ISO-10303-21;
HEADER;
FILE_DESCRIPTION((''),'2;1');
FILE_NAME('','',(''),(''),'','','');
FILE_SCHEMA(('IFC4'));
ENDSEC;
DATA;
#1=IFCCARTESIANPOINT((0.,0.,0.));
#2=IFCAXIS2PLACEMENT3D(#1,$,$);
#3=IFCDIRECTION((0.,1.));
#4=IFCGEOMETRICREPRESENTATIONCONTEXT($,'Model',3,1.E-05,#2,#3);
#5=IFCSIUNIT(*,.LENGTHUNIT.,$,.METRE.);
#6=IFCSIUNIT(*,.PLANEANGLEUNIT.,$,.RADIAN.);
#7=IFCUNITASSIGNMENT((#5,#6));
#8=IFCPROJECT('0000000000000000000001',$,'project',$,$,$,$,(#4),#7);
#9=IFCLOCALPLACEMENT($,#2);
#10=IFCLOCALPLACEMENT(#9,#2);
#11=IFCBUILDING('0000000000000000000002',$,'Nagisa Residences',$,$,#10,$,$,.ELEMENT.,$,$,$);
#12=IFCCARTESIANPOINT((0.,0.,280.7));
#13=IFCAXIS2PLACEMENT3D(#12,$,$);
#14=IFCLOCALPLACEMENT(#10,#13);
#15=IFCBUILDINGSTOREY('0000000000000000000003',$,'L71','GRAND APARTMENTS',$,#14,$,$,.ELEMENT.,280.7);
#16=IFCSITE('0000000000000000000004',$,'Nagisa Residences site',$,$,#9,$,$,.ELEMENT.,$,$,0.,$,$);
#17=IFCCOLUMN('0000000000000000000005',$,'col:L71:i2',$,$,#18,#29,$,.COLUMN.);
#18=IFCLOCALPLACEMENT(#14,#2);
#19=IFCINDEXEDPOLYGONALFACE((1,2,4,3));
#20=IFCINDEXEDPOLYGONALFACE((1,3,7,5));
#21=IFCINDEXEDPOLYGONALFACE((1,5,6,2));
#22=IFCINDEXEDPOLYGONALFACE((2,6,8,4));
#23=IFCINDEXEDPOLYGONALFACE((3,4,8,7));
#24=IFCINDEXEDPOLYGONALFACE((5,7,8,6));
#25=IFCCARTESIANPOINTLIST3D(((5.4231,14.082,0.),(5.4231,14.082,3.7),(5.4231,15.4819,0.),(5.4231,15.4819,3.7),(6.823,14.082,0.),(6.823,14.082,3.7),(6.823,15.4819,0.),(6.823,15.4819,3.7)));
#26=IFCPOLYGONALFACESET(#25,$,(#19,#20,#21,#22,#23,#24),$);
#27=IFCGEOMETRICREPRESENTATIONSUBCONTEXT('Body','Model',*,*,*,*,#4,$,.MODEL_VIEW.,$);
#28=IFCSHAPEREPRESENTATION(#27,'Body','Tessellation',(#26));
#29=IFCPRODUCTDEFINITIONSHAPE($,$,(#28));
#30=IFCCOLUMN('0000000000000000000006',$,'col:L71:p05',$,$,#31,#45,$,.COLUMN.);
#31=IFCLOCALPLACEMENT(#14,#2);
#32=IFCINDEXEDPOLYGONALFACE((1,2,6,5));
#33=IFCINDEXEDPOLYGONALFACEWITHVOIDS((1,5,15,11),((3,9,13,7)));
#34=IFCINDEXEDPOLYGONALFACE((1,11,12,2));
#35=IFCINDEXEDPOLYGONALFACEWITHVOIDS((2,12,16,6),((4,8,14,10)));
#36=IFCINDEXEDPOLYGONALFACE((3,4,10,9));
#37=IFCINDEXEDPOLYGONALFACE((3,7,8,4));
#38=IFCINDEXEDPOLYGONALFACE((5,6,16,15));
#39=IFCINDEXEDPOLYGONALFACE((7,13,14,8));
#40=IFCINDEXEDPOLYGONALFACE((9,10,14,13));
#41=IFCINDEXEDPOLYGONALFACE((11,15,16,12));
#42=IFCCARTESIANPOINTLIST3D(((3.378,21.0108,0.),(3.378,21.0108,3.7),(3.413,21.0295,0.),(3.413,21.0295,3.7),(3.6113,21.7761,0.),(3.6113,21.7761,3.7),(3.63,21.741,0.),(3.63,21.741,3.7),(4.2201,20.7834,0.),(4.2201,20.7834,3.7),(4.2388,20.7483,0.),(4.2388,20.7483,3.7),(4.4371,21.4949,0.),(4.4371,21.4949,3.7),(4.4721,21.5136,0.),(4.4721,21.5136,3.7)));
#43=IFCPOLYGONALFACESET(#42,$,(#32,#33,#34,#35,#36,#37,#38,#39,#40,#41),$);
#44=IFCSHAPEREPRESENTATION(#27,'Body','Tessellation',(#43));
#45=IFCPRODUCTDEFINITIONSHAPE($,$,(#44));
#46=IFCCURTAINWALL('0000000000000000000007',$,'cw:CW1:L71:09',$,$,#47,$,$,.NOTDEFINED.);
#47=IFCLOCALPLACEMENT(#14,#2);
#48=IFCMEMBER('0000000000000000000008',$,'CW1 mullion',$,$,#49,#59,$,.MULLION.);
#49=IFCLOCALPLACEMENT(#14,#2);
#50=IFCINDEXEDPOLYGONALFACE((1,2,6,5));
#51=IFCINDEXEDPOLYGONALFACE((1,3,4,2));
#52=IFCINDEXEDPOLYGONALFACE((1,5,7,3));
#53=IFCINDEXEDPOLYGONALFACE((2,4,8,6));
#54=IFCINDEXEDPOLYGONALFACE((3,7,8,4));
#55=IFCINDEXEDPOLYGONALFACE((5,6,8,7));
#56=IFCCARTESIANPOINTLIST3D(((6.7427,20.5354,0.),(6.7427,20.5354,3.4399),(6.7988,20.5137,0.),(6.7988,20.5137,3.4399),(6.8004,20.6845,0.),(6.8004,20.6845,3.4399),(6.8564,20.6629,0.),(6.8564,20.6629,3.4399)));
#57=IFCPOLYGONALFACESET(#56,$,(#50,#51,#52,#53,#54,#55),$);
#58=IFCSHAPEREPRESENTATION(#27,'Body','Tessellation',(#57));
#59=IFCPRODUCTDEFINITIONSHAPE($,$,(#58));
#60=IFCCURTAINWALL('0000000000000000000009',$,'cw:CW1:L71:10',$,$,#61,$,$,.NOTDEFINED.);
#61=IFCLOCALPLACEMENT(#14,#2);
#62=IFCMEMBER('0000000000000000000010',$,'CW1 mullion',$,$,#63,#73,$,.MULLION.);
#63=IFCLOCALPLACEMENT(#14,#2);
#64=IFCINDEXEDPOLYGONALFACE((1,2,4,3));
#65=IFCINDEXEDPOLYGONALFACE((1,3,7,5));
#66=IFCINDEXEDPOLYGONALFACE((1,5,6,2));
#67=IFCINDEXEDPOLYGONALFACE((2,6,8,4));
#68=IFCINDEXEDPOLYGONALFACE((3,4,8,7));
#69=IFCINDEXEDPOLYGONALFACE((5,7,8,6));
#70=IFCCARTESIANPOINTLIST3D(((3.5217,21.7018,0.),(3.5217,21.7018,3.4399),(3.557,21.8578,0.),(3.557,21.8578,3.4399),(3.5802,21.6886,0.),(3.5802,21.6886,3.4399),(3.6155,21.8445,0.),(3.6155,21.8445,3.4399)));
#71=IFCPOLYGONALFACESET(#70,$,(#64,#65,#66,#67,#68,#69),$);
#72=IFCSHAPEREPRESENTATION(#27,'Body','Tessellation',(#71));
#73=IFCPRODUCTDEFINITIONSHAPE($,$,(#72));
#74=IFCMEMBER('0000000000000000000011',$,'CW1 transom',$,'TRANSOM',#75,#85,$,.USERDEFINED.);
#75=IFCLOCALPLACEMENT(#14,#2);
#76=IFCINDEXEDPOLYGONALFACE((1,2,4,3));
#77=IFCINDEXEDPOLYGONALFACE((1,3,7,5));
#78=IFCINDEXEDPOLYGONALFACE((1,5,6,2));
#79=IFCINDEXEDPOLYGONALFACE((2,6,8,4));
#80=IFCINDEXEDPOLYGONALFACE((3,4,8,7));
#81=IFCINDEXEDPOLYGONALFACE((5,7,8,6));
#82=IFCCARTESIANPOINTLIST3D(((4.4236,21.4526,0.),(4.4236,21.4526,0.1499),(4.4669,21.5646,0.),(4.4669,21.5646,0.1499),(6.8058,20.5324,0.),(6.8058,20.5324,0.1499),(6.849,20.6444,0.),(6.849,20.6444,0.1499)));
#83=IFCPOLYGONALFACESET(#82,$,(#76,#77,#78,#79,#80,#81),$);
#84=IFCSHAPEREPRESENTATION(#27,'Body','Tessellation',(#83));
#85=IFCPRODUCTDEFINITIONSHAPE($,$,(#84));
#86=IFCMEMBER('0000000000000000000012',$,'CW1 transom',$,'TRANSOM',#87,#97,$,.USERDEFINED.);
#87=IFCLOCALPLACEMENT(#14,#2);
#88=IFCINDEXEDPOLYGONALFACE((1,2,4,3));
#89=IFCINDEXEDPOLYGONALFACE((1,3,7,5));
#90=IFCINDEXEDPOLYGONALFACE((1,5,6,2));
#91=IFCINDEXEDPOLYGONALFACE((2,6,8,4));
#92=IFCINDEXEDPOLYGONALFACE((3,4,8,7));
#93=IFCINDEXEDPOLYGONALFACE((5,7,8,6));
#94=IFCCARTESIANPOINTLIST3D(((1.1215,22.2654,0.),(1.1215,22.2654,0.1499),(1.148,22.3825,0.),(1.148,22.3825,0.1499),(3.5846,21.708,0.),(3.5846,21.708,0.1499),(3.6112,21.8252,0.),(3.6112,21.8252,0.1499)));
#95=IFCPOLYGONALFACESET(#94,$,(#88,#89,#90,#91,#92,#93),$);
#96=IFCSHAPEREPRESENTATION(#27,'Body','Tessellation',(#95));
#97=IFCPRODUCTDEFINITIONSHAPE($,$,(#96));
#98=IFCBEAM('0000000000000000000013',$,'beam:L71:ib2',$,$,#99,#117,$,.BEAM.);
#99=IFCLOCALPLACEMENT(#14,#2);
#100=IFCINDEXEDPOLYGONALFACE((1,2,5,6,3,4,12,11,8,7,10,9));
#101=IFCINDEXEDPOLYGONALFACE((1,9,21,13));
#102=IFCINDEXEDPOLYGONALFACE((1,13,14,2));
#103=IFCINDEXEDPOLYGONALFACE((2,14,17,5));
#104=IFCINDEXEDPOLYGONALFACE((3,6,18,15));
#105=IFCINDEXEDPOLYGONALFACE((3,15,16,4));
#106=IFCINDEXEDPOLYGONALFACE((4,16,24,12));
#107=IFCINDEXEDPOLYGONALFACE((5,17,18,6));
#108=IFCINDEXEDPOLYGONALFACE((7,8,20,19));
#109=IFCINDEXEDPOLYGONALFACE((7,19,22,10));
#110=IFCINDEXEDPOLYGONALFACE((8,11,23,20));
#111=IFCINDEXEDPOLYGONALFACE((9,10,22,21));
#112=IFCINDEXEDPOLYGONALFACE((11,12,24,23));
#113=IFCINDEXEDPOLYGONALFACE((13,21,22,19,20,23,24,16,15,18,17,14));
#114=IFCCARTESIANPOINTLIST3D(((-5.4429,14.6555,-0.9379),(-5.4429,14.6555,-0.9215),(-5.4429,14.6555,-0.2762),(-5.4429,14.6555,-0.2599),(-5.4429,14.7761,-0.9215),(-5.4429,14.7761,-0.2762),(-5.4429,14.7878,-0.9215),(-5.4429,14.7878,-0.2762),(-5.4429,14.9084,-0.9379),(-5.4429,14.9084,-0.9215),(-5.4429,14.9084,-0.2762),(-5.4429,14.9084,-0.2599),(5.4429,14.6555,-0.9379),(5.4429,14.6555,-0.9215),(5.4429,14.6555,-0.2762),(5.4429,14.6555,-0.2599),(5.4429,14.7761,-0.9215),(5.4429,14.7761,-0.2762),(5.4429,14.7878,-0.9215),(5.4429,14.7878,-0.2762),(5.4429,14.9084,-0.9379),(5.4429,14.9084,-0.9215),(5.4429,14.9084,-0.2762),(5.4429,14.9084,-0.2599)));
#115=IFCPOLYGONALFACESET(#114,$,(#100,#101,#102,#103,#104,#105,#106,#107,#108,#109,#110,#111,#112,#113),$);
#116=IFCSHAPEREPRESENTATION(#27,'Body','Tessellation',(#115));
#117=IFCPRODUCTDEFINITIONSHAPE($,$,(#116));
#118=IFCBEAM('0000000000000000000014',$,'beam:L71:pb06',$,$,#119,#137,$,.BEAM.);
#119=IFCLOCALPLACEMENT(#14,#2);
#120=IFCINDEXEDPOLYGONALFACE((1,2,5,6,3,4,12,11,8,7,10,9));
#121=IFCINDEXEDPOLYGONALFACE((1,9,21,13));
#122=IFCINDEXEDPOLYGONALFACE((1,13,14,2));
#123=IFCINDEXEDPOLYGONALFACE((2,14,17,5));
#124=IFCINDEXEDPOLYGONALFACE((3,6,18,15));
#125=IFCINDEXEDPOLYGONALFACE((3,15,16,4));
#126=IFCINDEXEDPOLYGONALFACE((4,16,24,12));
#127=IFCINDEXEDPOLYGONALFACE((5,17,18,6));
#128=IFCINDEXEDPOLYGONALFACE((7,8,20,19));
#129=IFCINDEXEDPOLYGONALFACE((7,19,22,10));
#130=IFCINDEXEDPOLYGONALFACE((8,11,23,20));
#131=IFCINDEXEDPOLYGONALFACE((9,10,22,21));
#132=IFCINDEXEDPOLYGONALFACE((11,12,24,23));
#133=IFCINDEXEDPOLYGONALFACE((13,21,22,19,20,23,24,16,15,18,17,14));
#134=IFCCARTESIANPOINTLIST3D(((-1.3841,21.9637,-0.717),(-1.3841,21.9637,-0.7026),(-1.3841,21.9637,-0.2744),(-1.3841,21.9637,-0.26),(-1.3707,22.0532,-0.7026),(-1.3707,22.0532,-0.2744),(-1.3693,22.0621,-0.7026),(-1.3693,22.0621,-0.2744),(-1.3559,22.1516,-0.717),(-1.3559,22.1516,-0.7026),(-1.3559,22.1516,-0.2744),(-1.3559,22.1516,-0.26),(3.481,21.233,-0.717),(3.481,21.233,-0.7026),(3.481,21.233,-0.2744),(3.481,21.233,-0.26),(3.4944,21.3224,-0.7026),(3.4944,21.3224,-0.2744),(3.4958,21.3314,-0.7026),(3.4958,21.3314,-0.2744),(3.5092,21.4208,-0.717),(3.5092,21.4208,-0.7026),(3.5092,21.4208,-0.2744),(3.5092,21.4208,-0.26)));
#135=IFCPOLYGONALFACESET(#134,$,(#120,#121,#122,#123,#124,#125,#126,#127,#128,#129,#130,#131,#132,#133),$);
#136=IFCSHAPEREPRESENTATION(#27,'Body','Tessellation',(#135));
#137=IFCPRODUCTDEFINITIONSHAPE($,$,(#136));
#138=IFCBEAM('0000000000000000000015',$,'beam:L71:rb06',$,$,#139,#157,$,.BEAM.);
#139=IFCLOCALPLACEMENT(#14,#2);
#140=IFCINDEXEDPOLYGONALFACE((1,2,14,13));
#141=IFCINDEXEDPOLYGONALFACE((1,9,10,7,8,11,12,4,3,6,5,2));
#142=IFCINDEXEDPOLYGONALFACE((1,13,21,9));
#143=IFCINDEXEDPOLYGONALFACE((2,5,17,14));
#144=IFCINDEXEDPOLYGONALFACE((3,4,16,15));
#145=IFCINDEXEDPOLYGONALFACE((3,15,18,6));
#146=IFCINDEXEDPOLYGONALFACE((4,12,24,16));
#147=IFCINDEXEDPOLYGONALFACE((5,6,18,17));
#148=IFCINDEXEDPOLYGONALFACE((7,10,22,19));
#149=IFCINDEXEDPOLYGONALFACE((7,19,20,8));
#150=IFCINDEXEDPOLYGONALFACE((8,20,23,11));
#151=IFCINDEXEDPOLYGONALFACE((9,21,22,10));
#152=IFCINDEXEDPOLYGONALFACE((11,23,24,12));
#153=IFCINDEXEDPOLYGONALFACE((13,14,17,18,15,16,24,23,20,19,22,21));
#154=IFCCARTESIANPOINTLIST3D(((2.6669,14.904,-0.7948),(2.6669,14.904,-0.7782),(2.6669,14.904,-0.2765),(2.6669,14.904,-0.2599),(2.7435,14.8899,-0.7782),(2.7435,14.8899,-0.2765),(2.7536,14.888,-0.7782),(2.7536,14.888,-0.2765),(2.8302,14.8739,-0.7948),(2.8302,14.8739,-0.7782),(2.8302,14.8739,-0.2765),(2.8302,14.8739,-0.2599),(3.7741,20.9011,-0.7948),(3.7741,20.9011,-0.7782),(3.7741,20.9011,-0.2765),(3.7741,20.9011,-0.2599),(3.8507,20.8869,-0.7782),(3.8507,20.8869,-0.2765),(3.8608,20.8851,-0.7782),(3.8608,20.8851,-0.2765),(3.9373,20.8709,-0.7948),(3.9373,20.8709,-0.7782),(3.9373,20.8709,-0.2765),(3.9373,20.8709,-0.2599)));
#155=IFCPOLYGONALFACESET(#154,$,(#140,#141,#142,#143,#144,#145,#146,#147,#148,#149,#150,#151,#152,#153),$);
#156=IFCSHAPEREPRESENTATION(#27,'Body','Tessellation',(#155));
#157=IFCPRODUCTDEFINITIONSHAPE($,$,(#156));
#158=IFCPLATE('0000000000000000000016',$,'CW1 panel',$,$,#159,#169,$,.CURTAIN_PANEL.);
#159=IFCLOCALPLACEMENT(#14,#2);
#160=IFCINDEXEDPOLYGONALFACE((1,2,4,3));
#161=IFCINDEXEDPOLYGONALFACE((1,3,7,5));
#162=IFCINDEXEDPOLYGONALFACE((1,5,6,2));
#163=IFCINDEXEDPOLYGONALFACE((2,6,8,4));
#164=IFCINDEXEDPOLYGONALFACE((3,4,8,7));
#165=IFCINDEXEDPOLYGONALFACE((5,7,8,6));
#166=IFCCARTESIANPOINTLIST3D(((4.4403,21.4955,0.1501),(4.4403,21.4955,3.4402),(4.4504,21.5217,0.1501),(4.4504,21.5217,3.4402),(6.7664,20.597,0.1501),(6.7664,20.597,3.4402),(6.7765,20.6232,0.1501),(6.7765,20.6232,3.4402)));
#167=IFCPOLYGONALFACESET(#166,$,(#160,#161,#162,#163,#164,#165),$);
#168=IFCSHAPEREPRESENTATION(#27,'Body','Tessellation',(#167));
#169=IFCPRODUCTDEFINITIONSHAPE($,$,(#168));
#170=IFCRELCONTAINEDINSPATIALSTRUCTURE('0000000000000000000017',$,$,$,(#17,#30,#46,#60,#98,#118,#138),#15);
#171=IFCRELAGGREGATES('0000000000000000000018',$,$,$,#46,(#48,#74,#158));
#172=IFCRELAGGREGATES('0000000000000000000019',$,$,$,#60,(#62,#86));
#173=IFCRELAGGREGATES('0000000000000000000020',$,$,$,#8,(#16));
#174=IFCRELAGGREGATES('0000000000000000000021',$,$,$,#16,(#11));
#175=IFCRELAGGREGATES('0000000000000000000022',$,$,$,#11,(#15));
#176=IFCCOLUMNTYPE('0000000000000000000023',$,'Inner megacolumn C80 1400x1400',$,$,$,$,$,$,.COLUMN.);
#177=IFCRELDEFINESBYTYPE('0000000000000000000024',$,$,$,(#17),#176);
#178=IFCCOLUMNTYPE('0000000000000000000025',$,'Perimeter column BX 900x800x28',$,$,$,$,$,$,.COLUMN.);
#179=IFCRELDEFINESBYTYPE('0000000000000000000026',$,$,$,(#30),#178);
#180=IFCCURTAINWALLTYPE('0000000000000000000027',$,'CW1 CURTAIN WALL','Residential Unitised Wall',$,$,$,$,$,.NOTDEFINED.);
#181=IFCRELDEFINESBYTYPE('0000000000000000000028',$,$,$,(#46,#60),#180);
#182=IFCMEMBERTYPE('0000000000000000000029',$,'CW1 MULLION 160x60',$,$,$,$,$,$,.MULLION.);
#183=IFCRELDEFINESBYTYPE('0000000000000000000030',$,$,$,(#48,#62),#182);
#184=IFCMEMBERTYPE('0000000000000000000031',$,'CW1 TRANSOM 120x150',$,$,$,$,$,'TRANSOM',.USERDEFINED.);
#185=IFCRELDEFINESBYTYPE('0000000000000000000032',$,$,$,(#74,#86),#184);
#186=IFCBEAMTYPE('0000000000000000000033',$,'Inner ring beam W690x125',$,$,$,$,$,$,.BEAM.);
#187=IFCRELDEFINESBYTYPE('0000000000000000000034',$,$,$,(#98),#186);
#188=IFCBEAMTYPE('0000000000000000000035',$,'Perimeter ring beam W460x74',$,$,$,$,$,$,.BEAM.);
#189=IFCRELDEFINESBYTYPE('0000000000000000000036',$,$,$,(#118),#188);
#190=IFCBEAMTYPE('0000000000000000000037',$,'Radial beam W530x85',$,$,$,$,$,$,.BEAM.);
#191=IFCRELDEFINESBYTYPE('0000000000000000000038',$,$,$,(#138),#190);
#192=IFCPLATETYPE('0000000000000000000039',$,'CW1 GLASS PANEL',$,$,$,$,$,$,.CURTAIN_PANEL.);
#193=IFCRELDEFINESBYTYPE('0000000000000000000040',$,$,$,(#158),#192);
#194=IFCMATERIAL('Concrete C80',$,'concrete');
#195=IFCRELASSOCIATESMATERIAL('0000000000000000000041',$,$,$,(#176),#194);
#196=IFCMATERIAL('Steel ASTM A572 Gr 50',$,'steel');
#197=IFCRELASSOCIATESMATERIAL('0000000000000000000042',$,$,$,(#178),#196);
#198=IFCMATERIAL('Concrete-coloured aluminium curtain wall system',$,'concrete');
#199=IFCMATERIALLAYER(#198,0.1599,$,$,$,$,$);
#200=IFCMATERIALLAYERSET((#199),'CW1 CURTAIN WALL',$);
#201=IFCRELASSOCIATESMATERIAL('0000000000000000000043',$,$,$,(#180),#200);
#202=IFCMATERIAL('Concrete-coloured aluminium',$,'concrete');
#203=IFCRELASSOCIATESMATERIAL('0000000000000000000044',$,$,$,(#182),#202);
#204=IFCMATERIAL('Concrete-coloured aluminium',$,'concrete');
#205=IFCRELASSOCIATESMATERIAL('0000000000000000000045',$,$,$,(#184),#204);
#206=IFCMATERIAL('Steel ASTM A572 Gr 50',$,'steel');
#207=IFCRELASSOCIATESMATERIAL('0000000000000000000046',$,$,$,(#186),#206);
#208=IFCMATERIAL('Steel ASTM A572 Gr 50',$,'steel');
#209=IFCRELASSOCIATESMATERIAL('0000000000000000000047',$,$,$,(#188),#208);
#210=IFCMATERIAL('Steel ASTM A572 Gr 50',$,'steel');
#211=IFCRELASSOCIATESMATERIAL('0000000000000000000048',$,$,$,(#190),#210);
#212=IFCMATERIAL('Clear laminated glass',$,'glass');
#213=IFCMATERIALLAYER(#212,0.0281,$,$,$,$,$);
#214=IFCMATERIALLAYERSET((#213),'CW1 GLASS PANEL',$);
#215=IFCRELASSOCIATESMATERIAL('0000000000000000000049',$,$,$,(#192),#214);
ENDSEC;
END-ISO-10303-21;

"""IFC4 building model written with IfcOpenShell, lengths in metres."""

from ifc_helpers import new_model, si_unit, direction, frame, origin, origin_2d, place, context, subcontext, project, spatial, rectangle, hollow_rectangle, i_section, extrude, material, layer, layer_set, material_profile, profile_set, type_object, element, aggregate, save


model = new_model("IFC4")

# Units and contexts
model_context = context("Model", 3, precision=1e-05, world=origin(), true_north=direction((0.0, 1.0)))
body_context = subcontext(model_context, "Body", "Model", "MODEL_VIEW")
ifc_project = project(units=[si_unit("LENGTHUNIT", "METRE"), si_unit("PLANEANGLEUNIT", "RADIAN")], contexts=[model_context])

# Site, building, storey
site_placement = place(None, origin())
site = spatial("IfcSite", under=ifc_project, at=site_placement, Name="Nagisa Residences site", CompositionType="ELEMENT", RefElevation=0.0)
building_placement = place(site_placement, origin())
building = spatial("IfcBuilding", under=site, at=building_placement, Name="Nagisa Residences", CompositionType="ELEMENT")
storey_placement = place(building_placement, frame((0.0, 0.0, 280.7)))
storey = spatial("IfcBuildingStorey", under=building, at=storey_placement, Name="L71", Description="GRAND APARTMENTS", CompositionType="ELEMENT", Elevation=280.7)

# Columns
ifc_material_1 = material(Name="Concrete C80", Category="concrete")
ifc_material_profile_1 = material_profile(ifc_material_1, rectangle(XDim=1.3999, YDim=1.3999, at=origin_2d()), Name="C80 1400x1400")
ifc_profile_set_1 = profile_set([ifc_material_profile_1], Name="Concrete C80")
column_type_1 = type_object("IfcColumnType", Name="Inner megacolumn C80 1400x1400", PredefinedType="COLUMN", material=ifc_profile_set_1)
column_1_placement = place(storey_placement, frame((6.123, 14.782, 0.0), z_axis=(0.0, 0.0, 1.0), x_axis=(1.0, 0.0, 0.0)))
element("IfcColumn", 1, at=column_1_placement, inside=storey, type_object=column_type_1, Name="col:L71:i2", PredefinedType="COLUMN", context=body_context, shape_type="SweptSolid", body=[
    extrude(rectangle(XDim=1.3999, YDim=1.3999, at=origin_2d()), origin(), (0.0, 0.0, 1.0), 3.7),
])
ifc_material_2 = material(Name="Steel ASTM A572 Gr 50", Category="steel")
ifc_material_profile_2 = material_profile(ifc_material_2, hollow_rectangle(XDim=0.8999, YDim=0.8, WallThickness=0.0281, at=origin_2d()), Name="BX 900x800x28")
ifc_profile_set_2 = profile_set([ifc_material_profile_2], Name="Steel ASTM A572 Gr 50")
column_type_2 = type_object("IfcColumnType", Name="Perimeter column BX 900x800x28", PredefinedType="COLUMN", material=ifc_profile_set_2)
column_2_placement = place(storey_placement, frame((3.925, 21.2622, 0.0), z_axis=(0.0, 0.0, 1.0), x_axis=(-0.956525, 0.291652, 0.0)))
element("IfcColumn", 2, at=column_2_placement, inside=storey, type_object=column_type_2, Name="col:L71:p05", PredefinedType="COLUMN", context=body_context, shape_type="SweptSolid", body=[
    extrude(hollow_rectangle(XDim=0.8999, YDim=0.8, WallThickness=0.0281, at=origin_2d()), origin(), (0.0, 0.0, 1.0), 3.7),
])

# Curtain walls, members
ifc_material_3 = material(Name="Concrete-coloured aluminium curtain wall system", Category="concrete")
ifc_layer_1 = layer(ifc_material_3, 0.1599)
ifc_layer_set_1 = layer_set([ifc_layer_1], Name="CW1 CURTAIN WALL")
curtain_wall_type = type_object("IfcCurtainWallType", Name="CW1 CURTAIN WALL", Description="Residential Unitised Wall", PredefinedType="NOTDEFINED", material=ifc_layer_set_1)
curtain_wall_1_placement = place(storey_placement, origin())
curtain_wall_1 = element("IfcCurtainWall", 3, at=curtain_wall_1_placement, inside=storey, type_object=curtain_wall_type, Name="cw:CW1:L71:09", PredefinedType="NOTDEFINED")
ifc_material_4 = material(Name="Concrete-coloured aluminium", Category="concrete")
ifc_material_profile_3 = material_profile(ifc_material_4, rectangle(XDim=0.1599, YDim=0.0601, at=origin_2d()), Name="CW1 MULLION 160x60")
ifc_profile_set_3 = profile_set([ifc_material_profile_3], Name="Concrete-coloured aluminium")
member_type_1 = type_object("IfcMemberType", Name="CW1 MULLION 160x60", PredefinedType="MULLION", material=ifc_profile_set_3)
member_1_placement = place(storey_placement, frame((6.7996, 20.5991, 0.0), z_axis=(0.0, 0.0, 1.0), x_axis=(-0.360328, -0.932826, 0.0)))
member_1 = element("IfcMember", 4, at=member_1_placement, type_object=member_type_1, Name="CW1 mullion", PredefinedType="MULLION", context=body_context, shape_type="SweptSolid", body=[
    extrude(rectangle(XDim=0.1599, YDim=0.0601, at=origin_2d()), origin(), (0.0, 0.0, 1.0), 3.4399),
])
curtain_wall_2_placement = place(storey_placement, origin())
curtain_wall_2 = element("IfcCurtainWall", 5, at=curtain_wall_2_placement, inside=storey, type_object=curtain_wall_type, Name="cw:CW1:L71:10", PredefinedType="NOTDEFINED")
member_2_placement = place(storey_placement, frame((3.5686, 21.7732, 0.0), z_axis=(0.0, 0.0, 1.0), x_axis=(-0.220764, -0.975327, 0.0)))
member_2 = element("IfcMember", 6, at=member_2_placement, type_object=member_type_1, Name="CW1 mullion", PredefinedType="MULLION", context=body_context, shape_type="SweptSolid", body=[
    extrude(rectangle(XDim=0.1599, YDim=0.0601, at=origin_2d()), origin(), (0.0, 0.0, 1.0), 3.4399),
])

# Members
ifc_material_5 = material(Name="Concrete-coloured aluminium", Category="concrete")
ifc_material_profile_4 = material_profile(ifc_material_5, rectangle(XDim=0.1201, YDim=0.1499, at=origin_2d()), Name="CW1 TRANSOM 120x150")
ifc_profile_set_4 = profile_set([ifc_material_profile_4], Name="Concrete-coloured aluminium")
member_type_2 = type_object("IfcMemberType", Name="CW1 TRANSOM 120x150", ElementType="TRANSOM", PredefinedType="USERDEFINED", material=ifc_profile_set_4)
member_3_placement = place(storey_placement, frame((6.8274, 20.5884, 0.075), z_axis=(-0.932822, 0.360337, 0.0), x_axis=(-0.360337, -0.932822, 0.0)))
member_3 = element("IfcMember", 7, at=member_3_placement, type_object=member_type_2, Name="CW1 transom", ObjectType="TRANSOM", PredefinedType="USERDEFINED", context=body_context, shape_type="SweptSolid", body=[
    extrude(rectangle(XDim=0.1201, YDim=0.1499, at=origin_2d()), origin(), (0.0, 0.0, 1.0), 2.5537),
])
member_4_placement = place(storey_placement, frame((3.5979, 21.7666, 0.075), z_axis=(-0.97534, 0.220706, 0.0), x_axis=(-0.220706, -0.97534, 0.0)))
member_4 = element("IfcMember", 8, at=member_4_placement, type_object=member_type_2, Name="CW1 transom", ObjectType="TRANSOM", PredefinedType="USERDEFINED", context=body_context, shape_type="SweptSolid", body=[
    extrude(rectangle(XDim=0.1201, YDim=0.1499, at=origin_2d()), origin(), (0.0, 0.0, 1.0), 2.5254),
])

# Beams
ifc_material_6 = material(Name="Steel ASTM A572 Gr 50", Category="steel")
ifc_material_profile_5 = material_profile(ifc_material_6, i_section(OverallWidth=0.2529, OverallDepth=0.678, WebThickness=0.0117, FlangeThickness=0.0164, at=origin_2d()), Name="W690x125")
ifc_profile_set_5 = profile_set([ifc_material_profile_5], Name="Steel ASTM A572 Gr 50")
beam_type_1 = type_object("IfcBeamType", Name="Inner ring beam W690x125", PredefinedType="BEAM", material=ifc_profile_set_5)
beam_1_placement = place(storey_placement, frame((5.4429, 14.782, -0.5989), z_axis=(-1.0, 0.0, 0.0), x_axis=(0.0, -1.0, 0.0)))
element("IfcBeam", 9, at=beam_1_placement, inside=storey, type_object=beam_type_1, Name="beam:L71:ib2", PredefinedType="BEAM", context=body_context, shape_type="SweptSolid", body=[
    extrude(i_section(OverallWidth=0.2529, OverallDepth=0.678, WebThickness=0.0117, FlangeThickness=0.0164, at=origin_2d()), origin(), (0.0, 0.0, 1.0), 10.8857),
])
ifc_material_7 = material(Name="Steel ASTM A572 Gr 50", Category="steel")
ifc_material_profile_6 = material_profile(ifc_material_7, i_section(OverallWidth=0.1899, OverallDepth=0.457, WebThickness=0.009, FlangeThickness=0.0144, at=origin_2d()), Name="W460x74")
ifc_profile_set_6 = profile_set([ifc_material_profile_6], Name="Steel ASTM A572 Gr 50")
beam_type_2 = type_object("IfcBeamType", Name="Perimeter ring beam W460x74", PredefinedType="BEAM", material=ifc_profile_set_6)
beam_2_placement = place(storey_placement, frame((3.4951, 21.3269, -0.4885), z_axis=(-0.988908, 0.148532, 0.0), x_axis=(-0.148532, -0.988908, 0.0)))
element("IfcBeam", 10, at=beam_2_placement, inside=storey, type_object=beam_type_2, Name="beam:L71:pb06", PredefinedType="BEAM", context=body_context, shape_type="SweptSolid", body=[
    extrude(i_section(OverallWidth=0.1899, OverallDepth=0.457, WebThickness=0.009, FlangeThickness=0.0144, at=origin_2d()), origin(), (0.0, 0.0, 1.0), 4.9197),
])
ifc_material_8 = material(Name="Steel ASTM A572 Gr 50", Category="steel")
ifc_material_profile_7 = material_profile(ifc_material_8, i_section(OverallWidth=0.166, OverallDepth=0.5349, WebThickness=0.0103, FlangeThickness=0.0166, at=origin_2d()), Name="W530x85")
ifc_profile_set_7 = profile_set([ifc_material_profile_7], Name="Steel ASTM A572 Gr 50")
beam_type_3 = type_object("IfcBeamType", Name="Radial beam W530x85", PredefinedType="BEAM", material=ifc_profile_set_7)
beam_3_placement = place(storey_placement, frame((3.8557, 20.886, -0.5273), z_axis=(-0.181552, -0.983381, 0.0), x_axis=(0.983381, -0.181552, 0.0)))
element("IfcBeam", 11, at=beam_3_placement, inside=storey, type_object=beam_type_3, Name="beam:L71:rb06", PredefinedType="BEAM", context=body_context, shape_type="SweptSolid", body=[
    extrude(i_section(OverallWidth=0.166, OverallDepth=0.5349, WebThickness=0.0103, FlangeThickness=0.0166, at=origin_2d()), origin(), (0.0, 0.0, 1.0), 6.0984),
])

# Plate
ifc_material_9 = material(Name="Clear laminated glass", Category="glass")
ifc_layer_2 = layer(ifc_material_9, 0.0281)
ifc_layer_set_2 = layer_set([ifc_layer_2], Name="CW1 GLASS PANEL")
plate_type = type_object("IfcPlateType", Name="CW1 GLASS PANEL", PredefinedType="CURTAIN_PANEL", material=ifc_layer_set_2)
plate_1_placement = place(storey_placement, frame((5.6084, 21.0593, 0.1501), z_axis=(0.0, 0.0, 1.0), x_axis=(-0.932826, 0.360328, 0.0)))
plate_1 = element("IfcPlate", 12, at=plate_1_placement, type_object=plate_type, Name="CW1 panel", PredefinedType="CURTAIN_PANEL", context=body_context, shape_type="SweptSolid", body=[
    extrude(rectangle(XDim=2.4937, YDim=0.0281, at=origin_2d()), origin(), (0.0, 0.0, 1.0), 3.29),
])
aggregate(curtain_wall_1, [member_1, member_3, plate_1])
aggregate(curtain_wall_2, [member_2, member_4])

save(model, "model.ifc")
